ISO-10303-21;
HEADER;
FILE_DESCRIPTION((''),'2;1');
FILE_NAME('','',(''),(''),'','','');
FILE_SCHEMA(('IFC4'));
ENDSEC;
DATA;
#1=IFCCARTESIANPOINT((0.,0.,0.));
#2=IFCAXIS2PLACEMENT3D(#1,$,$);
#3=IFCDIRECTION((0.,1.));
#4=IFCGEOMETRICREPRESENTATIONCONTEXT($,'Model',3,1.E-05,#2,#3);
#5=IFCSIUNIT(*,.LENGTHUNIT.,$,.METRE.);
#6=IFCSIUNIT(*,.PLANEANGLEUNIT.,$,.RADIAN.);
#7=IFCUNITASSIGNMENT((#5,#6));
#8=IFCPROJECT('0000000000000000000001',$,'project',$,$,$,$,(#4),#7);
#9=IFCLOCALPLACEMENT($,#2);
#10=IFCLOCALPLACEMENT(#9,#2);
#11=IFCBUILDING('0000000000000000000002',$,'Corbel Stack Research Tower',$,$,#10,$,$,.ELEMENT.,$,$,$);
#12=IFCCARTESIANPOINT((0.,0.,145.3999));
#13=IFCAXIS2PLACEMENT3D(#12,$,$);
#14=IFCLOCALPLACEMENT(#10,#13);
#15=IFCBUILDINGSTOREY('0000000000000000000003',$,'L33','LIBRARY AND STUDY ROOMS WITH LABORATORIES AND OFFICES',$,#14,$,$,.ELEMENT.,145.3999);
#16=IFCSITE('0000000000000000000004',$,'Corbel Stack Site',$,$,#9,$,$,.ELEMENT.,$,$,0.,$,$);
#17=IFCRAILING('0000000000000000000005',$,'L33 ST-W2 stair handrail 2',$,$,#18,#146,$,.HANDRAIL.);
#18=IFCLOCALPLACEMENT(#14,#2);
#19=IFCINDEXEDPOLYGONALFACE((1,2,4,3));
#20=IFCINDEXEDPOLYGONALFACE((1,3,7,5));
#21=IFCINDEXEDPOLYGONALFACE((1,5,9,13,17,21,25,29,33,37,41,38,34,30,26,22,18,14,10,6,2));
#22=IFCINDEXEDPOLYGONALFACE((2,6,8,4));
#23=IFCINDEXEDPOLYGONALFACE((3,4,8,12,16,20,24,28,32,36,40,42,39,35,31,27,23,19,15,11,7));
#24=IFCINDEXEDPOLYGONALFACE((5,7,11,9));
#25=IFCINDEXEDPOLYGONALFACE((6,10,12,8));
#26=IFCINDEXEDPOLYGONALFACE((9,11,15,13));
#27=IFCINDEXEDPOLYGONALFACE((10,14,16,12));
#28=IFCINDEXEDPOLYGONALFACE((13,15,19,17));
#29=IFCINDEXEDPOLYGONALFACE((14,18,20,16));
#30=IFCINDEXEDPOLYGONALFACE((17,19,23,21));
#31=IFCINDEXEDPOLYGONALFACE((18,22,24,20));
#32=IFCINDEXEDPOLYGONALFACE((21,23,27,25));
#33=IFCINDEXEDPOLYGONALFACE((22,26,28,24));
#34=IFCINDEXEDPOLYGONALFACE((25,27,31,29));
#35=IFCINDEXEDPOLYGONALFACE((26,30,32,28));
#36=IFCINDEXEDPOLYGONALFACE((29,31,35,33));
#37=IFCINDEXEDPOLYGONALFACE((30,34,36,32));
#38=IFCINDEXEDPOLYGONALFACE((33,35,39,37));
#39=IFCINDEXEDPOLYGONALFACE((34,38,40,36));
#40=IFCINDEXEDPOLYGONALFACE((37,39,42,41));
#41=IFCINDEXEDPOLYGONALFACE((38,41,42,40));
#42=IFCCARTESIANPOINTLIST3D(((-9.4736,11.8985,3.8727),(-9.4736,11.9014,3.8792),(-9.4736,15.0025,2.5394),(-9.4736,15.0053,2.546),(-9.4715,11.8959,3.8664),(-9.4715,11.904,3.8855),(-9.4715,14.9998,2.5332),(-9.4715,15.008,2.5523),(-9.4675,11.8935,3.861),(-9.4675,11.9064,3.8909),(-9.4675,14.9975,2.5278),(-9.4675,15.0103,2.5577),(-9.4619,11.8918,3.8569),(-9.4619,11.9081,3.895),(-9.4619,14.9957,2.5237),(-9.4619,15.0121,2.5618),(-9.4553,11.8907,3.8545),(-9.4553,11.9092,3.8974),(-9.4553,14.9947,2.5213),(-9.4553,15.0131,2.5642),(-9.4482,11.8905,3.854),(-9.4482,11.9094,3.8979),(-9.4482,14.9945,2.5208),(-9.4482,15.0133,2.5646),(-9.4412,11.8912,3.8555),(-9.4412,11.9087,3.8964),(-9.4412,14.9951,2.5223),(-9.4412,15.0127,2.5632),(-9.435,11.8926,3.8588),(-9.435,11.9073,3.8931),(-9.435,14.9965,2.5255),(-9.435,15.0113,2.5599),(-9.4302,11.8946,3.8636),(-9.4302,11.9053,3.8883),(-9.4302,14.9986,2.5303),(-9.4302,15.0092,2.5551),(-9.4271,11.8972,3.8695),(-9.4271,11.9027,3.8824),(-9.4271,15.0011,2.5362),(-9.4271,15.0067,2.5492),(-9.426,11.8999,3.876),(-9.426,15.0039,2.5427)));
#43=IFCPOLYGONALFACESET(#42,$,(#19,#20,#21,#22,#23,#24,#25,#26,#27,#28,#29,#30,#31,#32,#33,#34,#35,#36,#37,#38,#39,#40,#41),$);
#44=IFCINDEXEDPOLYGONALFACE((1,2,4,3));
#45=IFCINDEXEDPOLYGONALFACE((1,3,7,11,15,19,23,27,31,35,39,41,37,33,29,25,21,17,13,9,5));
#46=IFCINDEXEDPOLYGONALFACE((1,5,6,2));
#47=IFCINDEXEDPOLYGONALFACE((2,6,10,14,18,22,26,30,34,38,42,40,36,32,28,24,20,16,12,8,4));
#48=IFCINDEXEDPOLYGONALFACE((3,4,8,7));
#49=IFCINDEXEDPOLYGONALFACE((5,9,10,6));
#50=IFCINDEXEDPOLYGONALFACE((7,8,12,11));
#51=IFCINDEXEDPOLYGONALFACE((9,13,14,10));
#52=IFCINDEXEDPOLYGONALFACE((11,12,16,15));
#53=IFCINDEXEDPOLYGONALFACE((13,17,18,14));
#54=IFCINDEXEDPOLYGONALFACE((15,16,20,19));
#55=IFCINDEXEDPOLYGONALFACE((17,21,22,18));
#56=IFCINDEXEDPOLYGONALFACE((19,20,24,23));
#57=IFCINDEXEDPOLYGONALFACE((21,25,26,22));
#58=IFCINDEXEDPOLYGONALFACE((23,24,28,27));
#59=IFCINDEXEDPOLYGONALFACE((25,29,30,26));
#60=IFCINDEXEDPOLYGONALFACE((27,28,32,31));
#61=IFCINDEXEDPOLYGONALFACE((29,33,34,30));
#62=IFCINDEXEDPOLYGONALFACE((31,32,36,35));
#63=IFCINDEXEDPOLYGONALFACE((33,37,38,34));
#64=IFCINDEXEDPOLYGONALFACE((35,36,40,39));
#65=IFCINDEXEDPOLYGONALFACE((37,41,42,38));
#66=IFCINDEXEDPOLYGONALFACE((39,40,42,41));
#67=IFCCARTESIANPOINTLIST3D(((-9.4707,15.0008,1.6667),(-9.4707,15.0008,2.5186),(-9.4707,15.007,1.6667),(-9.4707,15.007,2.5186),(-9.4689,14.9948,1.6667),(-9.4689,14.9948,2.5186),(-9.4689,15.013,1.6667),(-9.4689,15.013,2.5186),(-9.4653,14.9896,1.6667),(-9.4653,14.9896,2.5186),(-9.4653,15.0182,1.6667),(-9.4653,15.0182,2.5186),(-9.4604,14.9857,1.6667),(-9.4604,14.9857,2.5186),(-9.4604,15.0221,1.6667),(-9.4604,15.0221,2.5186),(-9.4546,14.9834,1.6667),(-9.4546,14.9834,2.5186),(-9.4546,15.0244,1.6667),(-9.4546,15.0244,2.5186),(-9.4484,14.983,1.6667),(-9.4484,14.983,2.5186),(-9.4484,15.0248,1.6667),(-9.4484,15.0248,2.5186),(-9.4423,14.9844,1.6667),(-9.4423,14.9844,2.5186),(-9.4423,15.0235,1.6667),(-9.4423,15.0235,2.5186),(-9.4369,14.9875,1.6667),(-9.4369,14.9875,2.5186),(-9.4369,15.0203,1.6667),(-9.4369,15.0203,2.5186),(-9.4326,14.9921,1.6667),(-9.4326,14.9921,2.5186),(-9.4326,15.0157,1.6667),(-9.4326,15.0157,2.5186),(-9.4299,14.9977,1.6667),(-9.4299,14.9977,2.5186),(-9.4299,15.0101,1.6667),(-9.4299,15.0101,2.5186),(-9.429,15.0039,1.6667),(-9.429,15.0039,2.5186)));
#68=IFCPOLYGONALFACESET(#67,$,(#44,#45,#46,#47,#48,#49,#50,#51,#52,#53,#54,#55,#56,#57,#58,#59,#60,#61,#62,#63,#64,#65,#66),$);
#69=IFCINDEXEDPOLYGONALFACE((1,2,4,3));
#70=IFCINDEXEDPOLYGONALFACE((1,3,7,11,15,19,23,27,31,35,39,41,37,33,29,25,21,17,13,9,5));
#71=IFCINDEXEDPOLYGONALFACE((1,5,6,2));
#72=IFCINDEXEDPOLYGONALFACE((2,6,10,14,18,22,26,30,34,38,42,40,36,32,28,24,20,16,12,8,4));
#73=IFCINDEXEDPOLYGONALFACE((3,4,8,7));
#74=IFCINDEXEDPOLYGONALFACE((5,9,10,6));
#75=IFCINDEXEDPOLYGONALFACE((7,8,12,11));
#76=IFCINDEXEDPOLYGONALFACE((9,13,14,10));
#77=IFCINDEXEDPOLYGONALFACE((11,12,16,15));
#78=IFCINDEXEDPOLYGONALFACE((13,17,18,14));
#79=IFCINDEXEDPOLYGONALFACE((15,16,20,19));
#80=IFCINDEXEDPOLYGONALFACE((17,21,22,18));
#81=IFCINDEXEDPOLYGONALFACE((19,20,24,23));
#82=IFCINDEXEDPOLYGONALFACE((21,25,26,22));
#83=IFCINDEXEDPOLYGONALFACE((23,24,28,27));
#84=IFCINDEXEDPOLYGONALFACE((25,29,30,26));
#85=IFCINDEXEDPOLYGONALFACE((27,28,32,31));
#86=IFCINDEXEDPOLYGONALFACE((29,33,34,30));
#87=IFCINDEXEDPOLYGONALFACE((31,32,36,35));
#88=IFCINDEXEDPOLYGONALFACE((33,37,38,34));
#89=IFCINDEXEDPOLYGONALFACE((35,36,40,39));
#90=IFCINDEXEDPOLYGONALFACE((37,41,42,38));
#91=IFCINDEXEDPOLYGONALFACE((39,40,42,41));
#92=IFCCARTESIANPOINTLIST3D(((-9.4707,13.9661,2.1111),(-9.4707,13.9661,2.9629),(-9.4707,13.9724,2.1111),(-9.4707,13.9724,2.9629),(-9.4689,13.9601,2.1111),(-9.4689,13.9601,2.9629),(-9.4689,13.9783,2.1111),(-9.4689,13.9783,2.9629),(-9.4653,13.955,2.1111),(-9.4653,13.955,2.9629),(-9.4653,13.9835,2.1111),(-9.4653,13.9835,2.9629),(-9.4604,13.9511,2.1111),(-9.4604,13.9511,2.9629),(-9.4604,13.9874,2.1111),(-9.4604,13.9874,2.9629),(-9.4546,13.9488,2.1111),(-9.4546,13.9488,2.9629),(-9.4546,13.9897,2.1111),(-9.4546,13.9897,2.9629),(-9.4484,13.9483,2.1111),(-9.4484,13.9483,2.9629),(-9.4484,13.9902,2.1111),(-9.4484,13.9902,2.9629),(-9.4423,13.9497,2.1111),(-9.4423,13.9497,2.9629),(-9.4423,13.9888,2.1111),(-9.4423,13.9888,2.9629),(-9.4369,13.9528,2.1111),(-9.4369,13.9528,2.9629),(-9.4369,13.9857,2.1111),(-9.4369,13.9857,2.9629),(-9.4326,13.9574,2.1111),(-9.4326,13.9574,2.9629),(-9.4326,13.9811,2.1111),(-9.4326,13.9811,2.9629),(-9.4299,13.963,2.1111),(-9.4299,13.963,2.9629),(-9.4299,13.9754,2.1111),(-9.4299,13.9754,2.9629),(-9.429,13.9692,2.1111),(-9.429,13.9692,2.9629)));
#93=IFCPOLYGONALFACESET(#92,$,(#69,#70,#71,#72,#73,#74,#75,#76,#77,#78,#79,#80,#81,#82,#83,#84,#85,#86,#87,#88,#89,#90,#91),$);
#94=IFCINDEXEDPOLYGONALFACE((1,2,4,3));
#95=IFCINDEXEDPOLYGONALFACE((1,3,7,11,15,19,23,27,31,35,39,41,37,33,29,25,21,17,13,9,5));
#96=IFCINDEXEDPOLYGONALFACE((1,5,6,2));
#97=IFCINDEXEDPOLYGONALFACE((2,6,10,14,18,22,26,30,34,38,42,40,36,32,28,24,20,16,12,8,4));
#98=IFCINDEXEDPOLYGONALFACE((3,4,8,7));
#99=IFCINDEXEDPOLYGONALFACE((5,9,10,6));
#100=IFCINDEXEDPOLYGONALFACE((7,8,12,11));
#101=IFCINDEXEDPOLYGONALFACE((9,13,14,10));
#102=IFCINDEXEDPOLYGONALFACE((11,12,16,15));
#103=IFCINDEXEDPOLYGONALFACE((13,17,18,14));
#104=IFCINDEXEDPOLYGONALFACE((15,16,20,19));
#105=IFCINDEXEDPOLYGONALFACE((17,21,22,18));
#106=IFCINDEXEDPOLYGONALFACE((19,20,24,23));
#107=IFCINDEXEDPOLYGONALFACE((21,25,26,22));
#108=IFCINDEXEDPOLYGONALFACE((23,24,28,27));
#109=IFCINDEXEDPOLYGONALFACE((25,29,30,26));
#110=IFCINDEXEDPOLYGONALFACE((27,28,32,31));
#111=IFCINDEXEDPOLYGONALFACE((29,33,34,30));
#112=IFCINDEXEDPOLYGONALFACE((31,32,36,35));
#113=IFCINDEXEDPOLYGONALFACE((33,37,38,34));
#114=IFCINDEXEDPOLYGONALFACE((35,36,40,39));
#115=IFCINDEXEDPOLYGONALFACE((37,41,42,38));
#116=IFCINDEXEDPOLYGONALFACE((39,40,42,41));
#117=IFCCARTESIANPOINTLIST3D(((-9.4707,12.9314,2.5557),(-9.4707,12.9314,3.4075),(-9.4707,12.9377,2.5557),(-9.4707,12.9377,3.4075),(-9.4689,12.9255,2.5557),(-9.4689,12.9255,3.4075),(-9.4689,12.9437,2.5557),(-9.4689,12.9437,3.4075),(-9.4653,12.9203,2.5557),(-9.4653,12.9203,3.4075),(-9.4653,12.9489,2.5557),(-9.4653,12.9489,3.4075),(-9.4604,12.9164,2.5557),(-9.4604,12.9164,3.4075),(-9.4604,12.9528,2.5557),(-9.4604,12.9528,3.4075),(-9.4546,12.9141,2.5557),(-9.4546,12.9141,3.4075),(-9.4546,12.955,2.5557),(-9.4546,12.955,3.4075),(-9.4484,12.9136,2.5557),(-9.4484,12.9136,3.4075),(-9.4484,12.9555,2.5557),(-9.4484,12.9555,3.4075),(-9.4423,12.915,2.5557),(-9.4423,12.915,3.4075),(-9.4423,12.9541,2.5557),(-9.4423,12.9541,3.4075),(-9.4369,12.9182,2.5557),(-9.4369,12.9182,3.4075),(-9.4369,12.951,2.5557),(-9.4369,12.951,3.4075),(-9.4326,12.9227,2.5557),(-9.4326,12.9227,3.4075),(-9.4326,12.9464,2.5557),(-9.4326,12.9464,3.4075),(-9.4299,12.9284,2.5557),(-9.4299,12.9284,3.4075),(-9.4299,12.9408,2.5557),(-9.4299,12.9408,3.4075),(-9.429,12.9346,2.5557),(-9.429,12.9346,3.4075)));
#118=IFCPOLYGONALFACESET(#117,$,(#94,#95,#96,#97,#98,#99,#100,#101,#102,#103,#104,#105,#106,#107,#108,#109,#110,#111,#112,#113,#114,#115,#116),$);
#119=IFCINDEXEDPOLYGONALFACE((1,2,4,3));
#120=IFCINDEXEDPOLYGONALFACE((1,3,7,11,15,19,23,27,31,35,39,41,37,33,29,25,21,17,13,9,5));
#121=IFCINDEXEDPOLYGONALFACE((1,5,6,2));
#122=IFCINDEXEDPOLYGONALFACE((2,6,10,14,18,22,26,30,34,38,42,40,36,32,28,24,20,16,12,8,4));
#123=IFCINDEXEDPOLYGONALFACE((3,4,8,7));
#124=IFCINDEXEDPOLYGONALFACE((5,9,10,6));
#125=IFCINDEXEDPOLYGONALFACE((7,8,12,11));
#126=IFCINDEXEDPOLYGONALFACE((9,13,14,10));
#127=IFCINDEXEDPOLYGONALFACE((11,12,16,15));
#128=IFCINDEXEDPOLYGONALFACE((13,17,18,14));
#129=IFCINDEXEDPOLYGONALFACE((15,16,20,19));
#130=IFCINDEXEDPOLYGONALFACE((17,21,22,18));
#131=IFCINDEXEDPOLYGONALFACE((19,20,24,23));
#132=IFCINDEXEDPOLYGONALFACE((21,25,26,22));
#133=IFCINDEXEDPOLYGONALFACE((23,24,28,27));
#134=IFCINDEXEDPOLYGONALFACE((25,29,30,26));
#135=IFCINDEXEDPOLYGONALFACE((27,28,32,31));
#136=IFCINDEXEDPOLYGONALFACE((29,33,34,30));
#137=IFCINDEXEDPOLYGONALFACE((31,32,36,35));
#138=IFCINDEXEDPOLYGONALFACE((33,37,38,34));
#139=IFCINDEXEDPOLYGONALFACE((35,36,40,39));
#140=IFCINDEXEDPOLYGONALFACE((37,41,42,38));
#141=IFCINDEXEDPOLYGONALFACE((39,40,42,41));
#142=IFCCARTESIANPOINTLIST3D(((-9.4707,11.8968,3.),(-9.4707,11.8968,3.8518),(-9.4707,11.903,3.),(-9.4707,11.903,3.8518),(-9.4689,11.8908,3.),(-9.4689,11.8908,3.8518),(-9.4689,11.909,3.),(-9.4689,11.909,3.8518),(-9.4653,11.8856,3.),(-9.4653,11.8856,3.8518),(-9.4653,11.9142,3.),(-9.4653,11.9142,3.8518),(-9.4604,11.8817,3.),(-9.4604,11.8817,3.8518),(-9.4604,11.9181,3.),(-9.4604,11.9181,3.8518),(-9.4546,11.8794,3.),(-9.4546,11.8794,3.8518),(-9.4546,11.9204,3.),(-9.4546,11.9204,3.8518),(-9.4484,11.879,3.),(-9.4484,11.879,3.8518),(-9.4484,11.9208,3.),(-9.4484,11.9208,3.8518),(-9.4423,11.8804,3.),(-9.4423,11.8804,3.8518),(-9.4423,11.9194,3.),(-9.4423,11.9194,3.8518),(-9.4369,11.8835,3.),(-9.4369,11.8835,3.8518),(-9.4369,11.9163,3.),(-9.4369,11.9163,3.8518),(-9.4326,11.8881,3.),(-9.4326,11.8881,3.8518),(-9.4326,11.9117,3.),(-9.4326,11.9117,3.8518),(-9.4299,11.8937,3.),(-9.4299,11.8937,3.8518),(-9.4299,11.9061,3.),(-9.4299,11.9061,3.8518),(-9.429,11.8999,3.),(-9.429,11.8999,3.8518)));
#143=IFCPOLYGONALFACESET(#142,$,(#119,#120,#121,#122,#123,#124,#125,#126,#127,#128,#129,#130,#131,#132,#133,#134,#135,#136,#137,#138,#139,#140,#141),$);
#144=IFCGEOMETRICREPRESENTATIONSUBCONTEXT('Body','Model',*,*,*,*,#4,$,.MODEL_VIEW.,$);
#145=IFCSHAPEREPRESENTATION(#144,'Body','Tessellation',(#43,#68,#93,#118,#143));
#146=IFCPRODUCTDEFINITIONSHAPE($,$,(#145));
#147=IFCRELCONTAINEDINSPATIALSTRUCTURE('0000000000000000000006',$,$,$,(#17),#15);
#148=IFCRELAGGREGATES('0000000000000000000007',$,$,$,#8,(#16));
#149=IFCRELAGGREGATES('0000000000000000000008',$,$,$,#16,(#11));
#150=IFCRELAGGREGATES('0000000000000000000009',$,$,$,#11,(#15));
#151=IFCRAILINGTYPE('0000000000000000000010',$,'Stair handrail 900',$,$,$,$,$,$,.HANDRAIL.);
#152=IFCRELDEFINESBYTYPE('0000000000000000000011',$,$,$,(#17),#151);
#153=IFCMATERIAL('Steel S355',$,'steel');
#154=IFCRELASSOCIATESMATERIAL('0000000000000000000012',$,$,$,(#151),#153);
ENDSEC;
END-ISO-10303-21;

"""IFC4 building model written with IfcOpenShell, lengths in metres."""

from ifc_helpers import new_model, si_unit, direction, frame, origin, origin_2d, place, context, subcontext, project, spatial, circle, extrude, material, type_object, element, save


model = new_model("IFC4")

# Units and contexts
model_context = context("Model", 3, precision=1e-05, world=origin(), true_north=direction((0.0, 1.0)))
body_context = subcontext(model_context, "Body", "Model", "MODEL_VIEW")
ifc_project = project(units=[si_unit("LENGTHUNIT", "METRE"), si_unit("PLANEANGLEUNIT", "RADIAN")], contexts=[model_context])

# Site, building, storey
site_placement = place(None, origin())
site = spatial("IfcSite", under=ifc_project, at=site_placement, Name="Corbel Stack Site", CompositionType="ELEMENT", RefElevation=0.0)
building_placement = place(site_placement, origin())
building = spatial("IfcBuilding", under=site, at=building_placement, Name="Corbel Stack Research Tower", CompositionType="ELEMENT")
storey_placement = place(building_placement, frame((0.0, 0.0, 145.3999)))
storey = spatial("IfcBuildingStorey", under=building, at=storey_placement, Name="L33", Description="LIBRARY AND STUDY ROOMS WITH LABORATORIES AND OFFICES", CompositionType="ELEMENT", Elevation=145.3999)

# Railing
ifc_material_1 = material(Name="Steel S355", Category="steel")
railing_type_1 = type_object("IfcRailingType", Name="Stair handrail 900", PredefinedType="HANDRAIL", material=ifc_material_1)
for number, where, name in (
    (1, (-9.45, 15.0039, 1.6667), "L33 ST-W2 stair handrail 2"),
):
    element("IfcRailing", number, at=place(storey_placement, frame(where)), inside=storey, type_object=railing_type_1, Name=name, PredefinedType="HANDRAIL", context=body_context, shape_type="SweptSolid", body=[
        extrude(circle(Radius=0.0239, at=origin_2d()), frame((0.0, 0.0, 0.876), z_axis=(0.0, -0.918827, 0.394661), x_axis=(1.0, 0.0, 0.0)), (0.0, 0.0, 1.0), 3.3782),
        extrude(circle(Radius=0.021, at=origin_2d()), origin(), (0.0, 0.0, 1.0), 0.8518),
        extrude(circle(Radius=0.021, at=origin_2d()), frame((0.0, -1.0347, 0.4443)), (0.0, 0.0, 1.0), 0.8518),
        extrude(circle(Radius=0.021, at=origin_2d()), frame((0.0, -2.0693, 0.8889)), (0.0, 0.0, 1.0), 0.8518),
        extrude(circle(Radius=0.021, at=origin_2d()), frame((0.0, -3.104, 1.3333)), (0.0, 0.0, 1.0), 0.8518),
    ])

save(model, "model.ifc")
